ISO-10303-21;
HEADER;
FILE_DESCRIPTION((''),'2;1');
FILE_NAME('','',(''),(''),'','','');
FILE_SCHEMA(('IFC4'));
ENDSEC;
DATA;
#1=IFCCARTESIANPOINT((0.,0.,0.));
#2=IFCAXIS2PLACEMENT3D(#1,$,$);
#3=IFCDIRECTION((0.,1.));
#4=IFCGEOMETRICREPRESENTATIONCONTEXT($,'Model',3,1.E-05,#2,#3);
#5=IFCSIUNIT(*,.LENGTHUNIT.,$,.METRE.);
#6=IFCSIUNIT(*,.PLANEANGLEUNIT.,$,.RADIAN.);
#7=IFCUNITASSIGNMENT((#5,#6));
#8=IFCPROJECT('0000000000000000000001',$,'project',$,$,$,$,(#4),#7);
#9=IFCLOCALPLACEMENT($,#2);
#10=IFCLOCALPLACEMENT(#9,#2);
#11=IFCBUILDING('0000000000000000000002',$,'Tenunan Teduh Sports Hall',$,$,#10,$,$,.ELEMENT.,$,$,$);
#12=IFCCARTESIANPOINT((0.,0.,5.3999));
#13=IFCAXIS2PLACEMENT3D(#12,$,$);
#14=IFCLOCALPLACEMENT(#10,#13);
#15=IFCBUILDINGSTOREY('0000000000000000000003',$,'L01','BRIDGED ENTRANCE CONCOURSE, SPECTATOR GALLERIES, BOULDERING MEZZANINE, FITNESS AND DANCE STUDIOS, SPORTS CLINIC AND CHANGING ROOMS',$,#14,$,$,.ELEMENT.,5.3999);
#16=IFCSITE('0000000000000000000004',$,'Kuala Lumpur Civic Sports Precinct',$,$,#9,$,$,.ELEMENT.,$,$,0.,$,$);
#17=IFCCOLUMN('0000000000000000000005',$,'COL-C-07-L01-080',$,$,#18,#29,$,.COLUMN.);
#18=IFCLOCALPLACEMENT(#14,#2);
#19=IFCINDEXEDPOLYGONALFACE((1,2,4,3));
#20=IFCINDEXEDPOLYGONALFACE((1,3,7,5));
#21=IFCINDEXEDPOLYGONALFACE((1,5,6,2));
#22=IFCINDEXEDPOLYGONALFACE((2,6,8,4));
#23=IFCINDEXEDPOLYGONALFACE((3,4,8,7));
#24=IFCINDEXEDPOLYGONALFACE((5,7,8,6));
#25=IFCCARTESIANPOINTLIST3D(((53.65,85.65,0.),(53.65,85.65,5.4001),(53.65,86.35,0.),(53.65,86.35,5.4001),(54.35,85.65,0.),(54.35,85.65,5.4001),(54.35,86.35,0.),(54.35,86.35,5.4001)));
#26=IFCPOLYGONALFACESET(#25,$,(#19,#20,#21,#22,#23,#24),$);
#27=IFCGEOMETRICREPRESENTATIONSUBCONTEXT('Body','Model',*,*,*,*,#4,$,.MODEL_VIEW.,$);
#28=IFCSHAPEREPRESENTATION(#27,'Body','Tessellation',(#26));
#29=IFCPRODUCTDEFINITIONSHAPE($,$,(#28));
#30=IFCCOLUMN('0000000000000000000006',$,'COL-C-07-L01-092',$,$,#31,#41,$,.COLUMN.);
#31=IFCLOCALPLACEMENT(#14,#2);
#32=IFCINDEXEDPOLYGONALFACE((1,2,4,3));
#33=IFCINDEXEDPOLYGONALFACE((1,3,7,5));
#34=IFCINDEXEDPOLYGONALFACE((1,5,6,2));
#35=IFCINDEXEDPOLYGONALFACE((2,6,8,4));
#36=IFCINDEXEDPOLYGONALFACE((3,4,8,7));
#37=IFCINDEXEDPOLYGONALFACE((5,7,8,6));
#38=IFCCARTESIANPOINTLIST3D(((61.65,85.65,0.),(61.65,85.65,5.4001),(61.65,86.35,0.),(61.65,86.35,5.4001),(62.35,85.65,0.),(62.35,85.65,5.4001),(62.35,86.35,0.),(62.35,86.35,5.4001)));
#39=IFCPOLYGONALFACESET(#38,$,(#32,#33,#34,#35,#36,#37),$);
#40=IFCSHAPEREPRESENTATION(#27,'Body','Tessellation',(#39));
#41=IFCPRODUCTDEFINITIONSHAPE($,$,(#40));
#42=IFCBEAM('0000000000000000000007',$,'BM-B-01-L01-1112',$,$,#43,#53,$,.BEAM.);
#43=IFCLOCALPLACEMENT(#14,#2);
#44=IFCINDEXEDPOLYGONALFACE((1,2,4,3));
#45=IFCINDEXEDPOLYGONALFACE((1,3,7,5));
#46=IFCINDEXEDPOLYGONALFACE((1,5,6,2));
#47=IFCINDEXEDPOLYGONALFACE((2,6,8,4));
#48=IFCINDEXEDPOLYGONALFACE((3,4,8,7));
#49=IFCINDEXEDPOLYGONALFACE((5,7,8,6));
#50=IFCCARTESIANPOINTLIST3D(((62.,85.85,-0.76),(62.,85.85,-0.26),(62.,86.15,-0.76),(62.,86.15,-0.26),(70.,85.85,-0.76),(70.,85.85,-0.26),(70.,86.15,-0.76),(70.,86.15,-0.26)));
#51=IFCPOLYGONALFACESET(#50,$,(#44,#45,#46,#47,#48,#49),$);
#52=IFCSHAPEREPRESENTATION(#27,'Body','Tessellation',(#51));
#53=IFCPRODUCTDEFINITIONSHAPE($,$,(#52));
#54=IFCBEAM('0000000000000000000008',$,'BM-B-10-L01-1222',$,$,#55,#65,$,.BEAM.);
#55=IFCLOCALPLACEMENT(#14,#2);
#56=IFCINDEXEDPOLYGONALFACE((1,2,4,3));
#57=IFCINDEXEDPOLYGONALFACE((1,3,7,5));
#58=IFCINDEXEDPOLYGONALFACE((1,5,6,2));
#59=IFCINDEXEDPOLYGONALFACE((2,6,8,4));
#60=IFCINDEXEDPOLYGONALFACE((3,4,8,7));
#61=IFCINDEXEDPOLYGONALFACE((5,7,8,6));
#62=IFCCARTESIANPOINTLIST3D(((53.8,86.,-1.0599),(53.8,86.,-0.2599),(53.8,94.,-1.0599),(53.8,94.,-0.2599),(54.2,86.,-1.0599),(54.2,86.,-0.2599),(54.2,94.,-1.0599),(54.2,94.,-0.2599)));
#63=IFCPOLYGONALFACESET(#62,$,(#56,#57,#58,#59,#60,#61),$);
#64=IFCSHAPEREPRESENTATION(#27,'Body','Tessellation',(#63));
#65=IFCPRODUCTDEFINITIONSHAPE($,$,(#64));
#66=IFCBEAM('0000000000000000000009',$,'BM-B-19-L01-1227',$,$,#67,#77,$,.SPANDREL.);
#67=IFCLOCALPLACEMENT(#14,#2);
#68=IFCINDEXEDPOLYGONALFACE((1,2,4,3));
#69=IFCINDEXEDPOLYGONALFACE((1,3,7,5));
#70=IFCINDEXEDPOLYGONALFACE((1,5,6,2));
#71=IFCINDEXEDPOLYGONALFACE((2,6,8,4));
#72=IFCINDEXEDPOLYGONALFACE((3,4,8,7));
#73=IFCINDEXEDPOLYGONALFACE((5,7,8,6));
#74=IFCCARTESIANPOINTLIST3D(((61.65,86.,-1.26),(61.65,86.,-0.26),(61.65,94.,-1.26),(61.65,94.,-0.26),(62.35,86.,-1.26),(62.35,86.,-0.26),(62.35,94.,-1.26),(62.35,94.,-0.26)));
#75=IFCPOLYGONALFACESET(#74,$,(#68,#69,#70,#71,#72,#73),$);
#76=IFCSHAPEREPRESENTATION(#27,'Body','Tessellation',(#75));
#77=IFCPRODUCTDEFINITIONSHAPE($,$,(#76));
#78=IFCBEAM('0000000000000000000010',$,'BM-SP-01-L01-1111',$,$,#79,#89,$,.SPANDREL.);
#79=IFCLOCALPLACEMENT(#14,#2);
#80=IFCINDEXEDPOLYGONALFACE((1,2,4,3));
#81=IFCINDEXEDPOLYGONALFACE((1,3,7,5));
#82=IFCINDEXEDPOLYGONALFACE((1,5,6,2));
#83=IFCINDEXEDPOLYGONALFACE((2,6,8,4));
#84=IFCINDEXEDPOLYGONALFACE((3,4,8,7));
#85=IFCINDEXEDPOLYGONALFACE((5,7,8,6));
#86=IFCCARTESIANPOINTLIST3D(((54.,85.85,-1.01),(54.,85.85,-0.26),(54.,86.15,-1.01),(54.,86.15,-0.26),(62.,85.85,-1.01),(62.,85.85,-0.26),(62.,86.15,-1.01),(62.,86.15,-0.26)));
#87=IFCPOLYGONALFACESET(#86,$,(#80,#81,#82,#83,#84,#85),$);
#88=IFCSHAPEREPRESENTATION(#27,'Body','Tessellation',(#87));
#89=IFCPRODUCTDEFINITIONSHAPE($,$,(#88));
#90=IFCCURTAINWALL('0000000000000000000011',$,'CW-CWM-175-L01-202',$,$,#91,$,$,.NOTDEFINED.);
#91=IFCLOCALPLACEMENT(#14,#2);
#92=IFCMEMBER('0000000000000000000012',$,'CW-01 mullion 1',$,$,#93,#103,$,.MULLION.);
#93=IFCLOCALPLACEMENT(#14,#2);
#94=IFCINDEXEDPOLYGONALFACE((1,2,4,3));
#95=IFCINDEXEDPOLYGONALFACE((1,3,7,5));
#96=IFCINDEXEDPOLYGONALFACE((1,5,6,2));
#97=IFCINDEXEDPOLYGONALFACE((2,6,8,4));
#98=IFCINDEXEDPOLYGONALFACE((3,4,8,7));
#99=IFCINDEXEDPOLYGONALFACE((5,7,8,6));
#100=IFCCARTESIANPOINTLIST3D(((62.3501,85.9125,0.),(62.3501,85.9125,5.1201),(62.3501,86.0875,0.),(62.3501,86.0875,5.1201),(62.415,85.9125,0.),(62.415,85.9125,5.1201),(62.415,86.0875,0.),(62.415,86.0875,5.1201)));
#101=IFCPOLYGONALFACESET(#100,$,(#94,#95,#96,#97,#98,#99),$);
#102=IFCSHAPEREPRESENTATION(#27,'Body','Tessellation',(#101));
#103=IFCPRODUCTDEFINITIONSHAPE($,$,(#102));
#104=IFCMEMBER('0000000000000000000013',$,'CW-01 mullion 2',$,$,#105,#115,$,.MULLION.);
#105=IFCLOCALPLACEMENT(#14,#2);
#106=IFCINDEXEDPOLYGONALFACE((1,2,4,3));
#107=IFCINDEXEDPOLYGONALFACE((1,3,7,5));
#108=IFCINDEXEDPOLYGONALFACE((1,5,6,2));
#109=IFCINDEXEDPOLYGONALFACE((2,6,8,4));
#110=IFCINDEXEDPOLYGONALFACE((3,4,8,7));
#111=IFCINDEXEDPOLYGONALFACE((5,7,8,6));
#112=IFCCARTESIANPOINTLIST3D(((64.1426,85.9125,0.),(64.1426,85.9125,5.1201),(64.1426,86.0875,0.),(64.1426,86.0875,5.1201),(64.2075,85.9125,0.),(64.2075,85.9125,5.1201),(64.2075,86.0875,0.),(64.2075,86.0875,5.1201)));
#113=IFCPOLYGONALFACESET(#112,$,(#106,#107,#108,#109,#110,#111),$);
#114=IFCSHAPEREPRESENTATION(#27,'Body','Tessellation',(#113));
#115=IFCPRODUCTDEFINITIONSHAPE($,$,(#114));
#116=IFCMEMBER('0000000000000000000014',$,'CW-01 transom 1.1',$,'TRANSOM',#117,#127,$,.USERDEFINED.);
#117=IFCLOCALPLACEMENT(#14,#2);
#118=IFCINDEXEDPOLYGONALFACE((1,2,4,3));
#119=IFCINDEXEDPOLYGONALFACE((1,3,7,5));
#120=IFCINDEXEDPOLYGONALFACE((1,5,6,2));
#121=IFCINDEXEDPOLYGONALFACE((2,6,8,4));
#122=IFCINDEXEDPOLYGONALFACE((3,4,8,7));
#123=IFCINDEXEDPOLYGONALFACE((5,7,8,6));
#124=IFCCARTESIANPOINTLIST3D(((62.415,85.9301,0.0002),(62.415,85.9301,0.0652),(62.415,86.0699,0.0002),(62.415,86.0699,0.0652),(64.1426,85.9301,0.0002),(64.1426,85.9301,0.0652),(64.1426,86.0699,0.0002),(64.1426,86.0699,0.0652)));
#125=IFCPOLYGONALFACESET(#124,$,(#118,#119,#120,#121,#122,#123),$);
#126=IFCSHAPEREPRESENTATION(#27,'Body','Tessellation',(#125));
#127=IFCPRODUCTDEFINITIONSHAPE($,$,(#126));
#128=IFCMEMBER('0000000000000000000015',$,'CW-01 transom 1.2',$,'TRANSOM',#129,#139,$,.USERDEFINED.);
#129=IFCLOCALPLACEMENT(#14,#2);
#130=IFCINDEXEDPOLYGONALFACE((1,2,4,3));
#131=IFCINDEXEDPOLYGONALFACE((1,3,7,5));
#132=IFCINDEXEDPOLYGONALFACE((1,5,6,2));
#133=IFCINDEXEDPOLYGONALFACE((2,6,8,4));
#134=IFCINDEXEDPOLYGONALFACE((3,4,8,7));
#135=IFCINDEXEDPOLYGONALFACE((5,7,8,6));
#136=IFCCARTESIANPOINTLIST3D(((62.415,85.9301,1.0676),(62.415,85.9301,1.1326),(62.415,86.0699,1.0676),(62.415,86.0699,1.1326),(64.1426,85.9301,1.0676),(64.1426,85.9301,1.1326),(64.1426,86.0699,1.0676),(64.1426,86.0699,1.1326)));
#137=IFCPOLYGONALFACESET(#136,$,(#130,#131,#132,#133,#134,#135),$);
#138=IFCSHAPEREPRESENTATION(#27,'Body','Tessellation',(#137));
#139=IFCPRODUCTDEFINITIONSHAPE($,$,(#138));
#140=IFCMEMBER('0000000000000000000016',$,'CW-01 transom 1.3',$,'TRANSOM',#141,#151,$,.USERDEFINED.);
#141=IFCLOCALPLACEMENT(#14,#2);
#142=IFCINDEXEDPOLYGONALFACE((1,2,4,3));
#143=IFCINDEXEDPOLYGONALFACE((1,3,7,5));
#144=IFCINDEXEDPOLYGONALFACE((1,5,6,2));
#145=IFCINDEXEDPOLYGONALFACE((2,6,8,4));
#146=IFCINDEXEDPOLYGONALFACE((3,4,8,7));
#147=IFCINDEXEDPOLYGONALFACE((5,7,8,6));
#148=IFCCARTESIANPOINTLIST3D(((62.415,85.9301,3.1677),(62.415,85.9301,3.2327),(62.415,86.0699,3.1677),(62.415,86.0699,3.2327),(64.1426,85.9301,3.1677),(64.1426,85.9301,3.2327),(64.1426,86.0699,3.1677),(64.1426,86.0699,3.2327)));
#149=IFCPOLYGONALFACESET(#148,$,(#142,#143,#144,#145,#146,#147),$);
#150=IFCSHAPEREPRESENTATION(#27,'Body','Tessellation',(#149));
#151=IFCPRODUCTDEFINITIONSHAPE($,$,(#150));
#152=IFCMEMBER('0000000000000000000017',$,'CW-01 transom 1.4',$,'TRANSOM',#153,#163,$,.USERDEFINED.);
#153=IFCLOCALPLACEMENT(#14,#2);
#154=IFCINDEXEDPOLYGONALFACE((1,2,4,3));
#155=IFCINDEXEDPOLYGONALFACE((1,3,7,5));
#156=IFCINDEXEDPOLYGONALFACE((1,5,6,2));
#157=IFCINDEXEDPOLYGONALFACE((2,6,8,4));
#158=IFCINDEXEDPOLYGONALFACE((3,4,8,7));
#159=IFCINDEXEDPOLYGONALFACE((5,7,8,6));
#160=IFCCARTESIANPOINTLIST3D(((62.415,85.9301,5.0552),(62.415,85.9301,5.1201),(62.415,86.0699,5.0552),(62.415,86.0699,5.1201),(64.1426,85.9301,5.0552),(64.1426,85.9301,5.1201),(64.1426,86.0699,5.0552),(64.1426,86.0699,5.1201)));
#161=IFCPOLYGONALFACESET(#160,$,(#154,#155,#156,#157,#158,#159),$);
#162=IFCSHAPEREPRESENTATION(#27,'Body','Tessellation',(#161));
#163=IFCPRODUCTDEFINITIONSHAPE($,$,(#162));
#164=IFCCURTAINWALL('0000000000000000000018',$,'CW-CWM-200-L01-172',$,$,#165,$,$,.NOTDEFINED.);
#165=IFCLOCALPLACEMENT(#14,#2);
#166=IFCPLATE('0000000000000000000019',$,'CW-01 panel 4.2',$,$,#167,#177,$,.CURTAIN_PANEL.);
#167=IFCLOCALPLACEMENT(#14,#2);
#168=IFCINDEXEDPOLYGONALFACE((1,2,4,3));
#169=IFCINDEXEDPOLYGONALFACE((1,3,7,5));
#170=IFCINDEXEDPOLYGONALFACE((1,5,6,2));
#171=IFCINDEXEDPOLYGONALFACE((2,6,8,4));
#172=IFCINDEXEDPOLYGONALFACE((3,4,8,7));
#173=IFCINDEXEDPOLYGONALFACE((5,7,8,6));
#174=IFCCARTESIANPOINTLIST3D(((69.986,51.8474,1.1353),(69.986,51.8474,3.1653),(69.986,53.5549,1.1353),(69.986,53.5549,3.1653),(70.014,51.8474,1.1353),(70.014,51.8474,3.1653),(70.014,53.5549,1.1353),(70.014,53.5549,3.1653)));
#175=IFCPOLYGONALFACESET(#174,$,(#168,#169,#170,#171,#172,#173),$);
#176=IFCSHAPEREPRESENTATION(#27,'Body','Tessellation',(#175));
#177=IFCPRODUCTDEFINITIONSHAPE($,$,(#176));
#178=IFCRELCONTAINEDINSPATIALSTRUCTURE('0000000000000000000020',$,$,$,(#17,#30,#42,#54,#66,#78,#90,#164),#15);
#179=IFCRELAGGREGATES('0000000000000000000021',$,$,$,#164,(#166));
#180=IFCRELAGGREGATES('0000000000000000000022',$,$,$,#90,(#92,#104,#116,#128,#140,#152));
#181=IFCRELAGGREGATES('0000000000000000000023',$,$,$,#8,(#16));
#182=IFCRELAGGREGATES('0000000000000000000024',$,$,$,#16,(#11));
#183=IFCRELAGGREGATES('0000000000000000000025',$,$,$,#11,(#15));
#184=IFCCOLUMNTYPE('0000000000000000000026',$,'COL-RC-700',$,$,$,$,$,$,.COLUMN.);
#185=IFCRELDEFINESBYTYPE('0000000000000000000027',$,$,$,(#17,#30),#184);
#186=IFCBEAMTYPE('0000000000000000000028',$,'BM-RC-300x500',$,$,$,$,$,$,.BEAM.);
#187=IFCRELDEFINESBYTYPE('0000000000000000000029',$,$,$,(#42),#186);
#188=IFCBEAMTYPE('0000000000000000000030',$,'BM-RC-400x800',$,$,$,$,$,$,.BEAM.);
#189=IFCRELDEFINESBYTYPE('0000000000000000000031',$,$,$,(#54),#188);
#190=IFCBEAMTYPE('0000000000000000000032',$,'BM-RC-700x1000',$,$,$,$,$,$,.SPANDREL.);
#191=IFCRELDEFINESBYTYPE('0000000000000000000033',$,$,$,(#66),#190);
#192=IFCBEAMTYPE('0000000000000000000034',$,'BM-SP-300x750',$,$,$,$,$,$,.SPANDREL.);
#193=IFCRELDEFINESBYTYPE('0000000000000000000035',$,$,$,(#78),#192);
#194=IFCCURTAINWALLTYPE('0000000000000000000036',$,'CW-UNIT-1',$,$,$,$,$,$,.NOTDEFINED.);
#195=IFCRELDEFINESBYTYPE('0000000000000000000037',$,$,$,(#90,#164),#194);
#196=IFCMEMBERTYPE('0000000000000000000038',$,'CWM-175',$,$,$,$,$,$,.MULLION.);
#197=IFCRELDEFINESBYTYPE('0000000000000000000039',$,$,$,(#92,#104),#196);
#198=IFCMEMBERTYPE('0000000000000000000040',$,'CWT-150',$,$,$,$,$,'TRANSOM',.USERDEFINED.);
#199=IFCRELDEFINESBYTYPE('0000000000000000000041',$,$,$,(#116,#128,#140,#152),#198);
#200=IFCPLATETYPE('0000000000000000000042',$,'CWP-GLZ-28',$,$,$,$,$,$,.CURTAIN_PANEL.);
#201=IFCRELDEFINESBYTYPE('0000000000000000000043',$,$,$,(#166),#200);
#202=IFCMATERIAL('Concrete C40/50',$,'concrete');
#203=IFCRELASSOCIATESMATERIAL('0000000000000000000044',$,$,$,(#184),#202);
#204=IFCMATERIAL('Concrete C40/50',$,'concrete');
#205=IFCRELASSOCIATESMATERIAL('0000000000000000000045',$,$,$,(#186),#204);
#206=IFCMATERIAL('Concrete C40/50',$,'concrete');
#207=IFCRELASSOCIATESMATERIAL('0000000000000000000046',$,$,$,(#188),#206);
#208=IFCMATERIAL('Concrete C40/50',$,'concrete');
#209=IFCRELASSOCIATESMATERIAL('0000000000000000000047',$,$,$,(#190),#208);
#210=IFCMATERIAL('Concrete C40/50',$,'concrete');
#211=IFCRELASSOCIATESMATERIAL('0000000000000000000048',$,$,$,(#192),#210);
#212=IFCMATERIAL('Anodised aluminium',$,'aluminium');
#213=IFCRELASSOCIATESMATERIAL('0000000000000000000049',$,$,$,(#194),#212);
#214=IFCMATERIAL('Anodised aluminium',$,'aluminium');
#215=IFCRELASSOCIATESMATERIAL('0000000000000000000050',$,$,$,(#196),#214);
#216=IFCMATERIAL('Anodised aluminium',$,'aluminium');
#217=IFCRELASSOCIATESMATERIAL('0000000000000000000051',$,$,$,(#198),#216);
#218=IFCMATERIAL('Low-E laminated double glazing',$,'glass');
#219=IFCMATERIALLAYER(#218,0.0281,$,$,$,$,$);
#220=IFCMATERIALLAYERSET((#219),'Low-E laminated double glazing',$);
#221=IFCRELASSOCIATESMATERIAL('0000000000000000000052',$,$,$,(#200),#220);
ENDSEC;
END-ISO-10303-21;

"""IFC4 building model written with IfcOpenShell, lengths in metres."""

from ifc_helpers import new_model, si_unit, direction, frame, origin, origin_2d, place, context, subcontext, project, spatial, rectangle, extrude, material, layer, layer_set, material_profile, profile_set, type_object, element, aggregate, save


model = new_model("IFC4")

# Units and contexts
model_context = context("Model", 3, precision=1e-05, world=origin(), true_north=direction((0.0, 1.0)))
body_context = subcontext(model_context, "Body", "Model", "MODEL_VIEW")
ifc_project = project(units=[si_unit("LENGTHUNIT", "METRE"), si_unit("PLANEANGLEUNIT", "RADIAN")], contexts=[model_context])

# Site, building, storey
site_placement = place(None, origin())
site = spatial("IfcSite", under=ifc_project, at=site_placement, Name="Kuala Lumpur Civic Sports Precinct", CompositionType="ELEMENT", RefElevation=0.0)
building_placement = place(site_placement, origin())
building = spatial("IfcBuilding", under=site, at=building_placement, Name="Tenunan Teduh Sports Hall", CompositionType="ELEMENT")
storey_placement = place(building_placement, frame((0.0, 0.0, 5.3999)))
storey = spatial("IfcBuildingStorey", under=building, at=storey_placement, Name="L01", Description="BRIDGED ENTRANCE CONCOURSE, SPECTATOR GALLERIES, BOULDERING MEZZANINE, FITNESS AND DANCE STUDIOS, SPORTS CLINIC AND CHANGING ROOMS", CompositionType="ELEMENT", Elevation=5.3999)

# Columns
ifc_material_1 = material(Name="Concrete C40/50", Category="concrete")
ifc_material_profile_1 = material_profile(ifc_material_1, rectangle(XDim=0.7, YDim=0.7, at=origin_2d()), Name="RC 700x700")
ifc_profile_set_1 = profile_set([ifc_material_profile_1], Name="Concrete C40/50")
column_type = type_object("IfcColumnType", Name="COL-RC-700", PredefinedType="COLUMN", material=ifc_profile_set_1)
for number, where, z_axis, x_axis, name in (
    (1, (54.0, 86.0, 0.0), (0.0, 0.0, 1.0), (1.0, 0.0, 0.0), "COL-C-07-L01-080"),
    (2, (62.0, 86.0, 0.0), (0.0, 0.0, 1.0), (1.0, 0.0, 0.0), "COL-C-07-L01-092"),
):
    element("IfcColumn", number, at=place(storey_placement, frame(where, z_axis=z_axis, x_axis=x_axis)), inside=storey, type_object=column_type, Name=name, PredefinedType="COLUMN", context=body_context, shape_type="SweptSolid", body=[
        extrude(rectangle(XDim=0.7, YDim=0.7, at=origin_2d()), origin(), (0.0, 0.0, 1.0), 5.4001),
    ])

# Beams
ifc_material_2 = material(Name="Concrete C40/50", Category="concrete")
ifc_material_profile_2 = material_profile(ifc_material_2, rectangle(XDim=0.3, YDim=0.5, at=origin_2d()), Name="RCB 300x500")
ifc_profile_set_2 = profile_set([ifc_material_profile_2], Name="Concrete C40/50")
beam_type_1 = type_object("IfcBeamType", Name="BM-RC-300x500", PredefinedType="BEAM", material=ifc_profile_set_2)
beam_1_placement = place(storey_placement, frame((62.0, 86.0, -0.51), z_axis=(1.0, 0.0, 0.0), x_axis=(0.0, 1.0, 0.0)))
element("IfcBeam", 3, at=beam_1_placement, inside=storey, type_object=beam_type_1, Name="BM-B-01-L01-1112", PredefinedType="BEAM", context=body_context, shape_type="SweptSolid", body=[
    extrude(rectangle(XDim=0.3, YDim=0.5, at=origin_2d()), origin(), (0.0, 0.0, 1.0), 8.0),
])
ifc_material_3 = material(Name="Concrete C40/50", Category="concrete")
ifc_material_profile_3 = material_profile(ifc_material_3, rectangle(XDim=0.3999, YDim=0.8, at=origin_2d()), Name="RCB 400x800")
ifc_profile_set_3 = profile_set([ifc_material_profile_3], Name="Concrete C40/50")
beam_type_2 = type_object("IfcBeamType", Name="BM-RC-400x800", PredefinedType="BEAM", material=ifc_profile_set_3)
beam_2_placement = place(storey_placement, frame((54.0, 86.0, -0.6599), z_axis=(0.0, 1.0, 0.0), x_axis=(-1.0, 0.0, 0.0)))
element("IfcBeam", 4, at=beam_2_placement, inside=storey, type_object=beam_type_2, Name="BM-B-10-L01-1222", PredefinedType="BEAM", context=body_context, shape_type="SweptSolid", body=[
    extrude(rectangle(XDim=0.3999, YDim=0.8, at=origin_2d()), origin(), (0.0, 0.0, 1.0), 8.0),
])
ifc_material_4 = material(Name="Concrete C40/50", Category="concrete")
ifc_material_profile_4 = material_profile(ifc_material_4, rectangle(XDim=0.7, YDim=1.0, at=origin_2d()), Name="RCB 700x1000")
ifc_profile_set_4 = profile_set([ifc_material_profile_4], Name="Concrete C40/50")
beam_type_3 = type_object("IfcBeamType", Name="BM-RC-700x1000", PredefinedType="SPANDREL", material=ifc_profile_set_4)
beam_3_placement = place(storey_placement, frame((62.0, 86.0, -0.76), z_axis=(0.0, 1.0, 0.0), x_axis=(-1.0, 0.0, 0.0)))
element("IfcBeam", 5, at=beam_3_placement, inside=storey, type_object=beam_type_3, Name="BM-B-19-L01-1227", PredefinedType="SPANDREL", context=body_context, shape_type="SweptSolid", body=[
    extrude(rectangle(XDim=0.7, YDim=1.0, at=origin_2d()), origin(), (0.0, 0.0, 1.0), 8.0),
])
ifc_material_5 = material(Name="Concrete C40/50", Category="concrete")
ifc_material_profile_5 = material_profile(ifc_material_5, rectangle(XDim=0.3, YDim=0.75, at=origin_2d()), Name="SPB 300x750")
ifc_profile_set_5 = profile_set([ifc_material_profile_5], Name="Concrete C40/50")
beam_type_4 = type_object("IfcBeamType", Name="BM-SP-300x750", PredefinedType="SPANDREL", material=ifc_profile_set_5)
beam_4_placement = place(storey_placement, frame((54.0, 86.0, -0.635), z_axis=(1.0, 0.0, 0.0), x_axis=(0.0, 1.0, 0.0)))
element("IfcBeam", 6, at=beam_4_placement, inside=storey, type_object=beam_type_4, Name="BM-SP-01-L01-1111", PredefinedType="SPANDREL", context=body_context, shape_type="SweptSolid", body=[
    extrude(rectangle(XDim=0.3, YDim=0.75, at=origin_2d()), origin(), (0.0, 0.0, 1.0), 8.0),
])

# Curtain wall, members
ifc_material_6 = material(Name="Anodised aluminium", Category="aluminium")
curtain_wall_type = type_object("IfcCurtainWallType", Name="CW-UNIT-1", PredefinedType="NOTDEFINED", material=ifc_material_6)
curtain_wall_1_placement = place(storey_placement, origin())
curtain_wall_1 = element("IfcCurtainWall", 7, at=curtain_wall_1_placement, inside=storey, type_object=curtain_wall_type, Name="CW-CWM-175-L01-202", PredefinedType="NOTDEFINED")
ifc_material_7 = material(Name="Anodised aluminium", Category="aluminium")
ifc_material_profile_6 = material_profile(ifc_material_7, rectangle(XDim=0.0649, YDim=0.175, at=origin_2d()), Name="CWM 65x175")
ifc_profile_set_6 = profile_set([ifc_material_profile_6], Name="Anodised aluminium")
member_type_1 = type_object("IfcMemberType", Name="CWM-175", PredefinedType="MULLION", material=ifc_profile_set_6)
member_1_placement = place(storey_placement, frame((62.3826, 86.0, 0.0), z_axis=(0.0, 0.0, 1.0), x_axis=(1.0, 0.0, 0.0)))
member_1 = element("IfcMember", 8, at=member_1_placement, type_object=member_type_1, Name="CW-01 mullion 1", PredefinedType="MULLION", context=body_context, shape_type="SweptSolid", body=[
    extrude(rectangle(XDim=0.0649, YDim=0.175, at=origin_2d()), origin(), (0.0, 0.0, 1.0), 5.1201),
])
member_2_placement = place(storey_placement, frame((64.175, 86.0, 0.0), z_axis=(0.0, 0.0, 1.0), x_axis=(1.0, 0.0, 0.0)))
member_2 = element("IfcMember", 9, at=member_2_placement, type_object=member_type_1, Name="CW-01 mullion 2", PredefinedType="MULLION", context=body_context, shape_type="SweptSolid", body=[
    extrude(rectangle(XDim=0.0649, YDim=0.175, at=origin_2d()), origin(), (0.0, 0.0, 1.0), 5.1201),
])
ifc_material_8 = material(Name="Anodised aluminium", Category="aluminium")
ifc_material_profile_7 = material_profile(ifc_material_8, rectangle(XDim=0.0649, YDim=0.1399, at=origin_2d()), Name="CWT 65x140")
ifc_profile_set_7 = profile_set([ifc_material_profile_7], Name="Anodised aluminium")
member_type_2 = type_object("IfcMemberType", Name="CWT-150", ElementType="TRANSOM", PredefinedType="USERDEFINED", material=ifc_profile_set_7)
member_3_placement = place(storey_placement, frame((62.415, 86.0, 0.0327), z_axis=(1.0, 0.0, 0.0), x_axis=(0.0, 0.0, 1.0)))
member_3 = element("IfcMember", 10, at=member_3_placement, type_object=member_type_2, Name="CW-01 transom 1.1", ObjectType="TRANSOM", PredefinedType="USERDEFINED", context=body_context, shape_type="SweptSolid", body=[
    extrude(rectangle(XDim=0.0649, YDim=0.1399, at=origin_2d()), origin(), (0.0, 0.0, 1.0), 1.7275),
])
member_4_placement = place(storey_placement, frame((62.415, 86.0, 1.1001), z_axis=(1.0, 0.0, 0.0), x_axis=(0.0, 0.0, 1.0)))
member_4 = element("IfcMember", 11, at=member_4_placement, type_object=member_type_2, Name="CW-01 transom 1.2", ObjectType="TRANSOM", PredefinedType="USERDEFINED", context=body_context, shape_type="SweptSolid", body=[
    extrude(rectangle(XDim=0.0649, YDim=0.1399, at=origin_2d()), origin(), (0.0, 0.0, 1.0), 1.7275),
])
member_5_placement = place(storey_placement, frame((62.415, 86.0, 3.2002), z_axis=(1.0, 0.0, 0.0), x_axis=(0.0, 0.0, 1.0)))
member_5 = element("IfcMember", 12, at=member_5_placement, type_object=member_type_2, Name="CW-01 transom 1.3", ObjectType="TRANSOM", PredefinedType="USERDEFINED", context=body_context, shape_type="SweptSolid", body=[
    extrude(rectangle(XDim=0.0649, YDim=0.1399, at=origin_2d()), origin(), (0.0, 0.0, 1.0), 1.7275),
])
member_6_placement = place(storey_placement, frame((62.415, 86.0, 5.0876), z_axis=(1.0, 0.0, 0.0), x_axis=(0.0, 0.0, 1.0)))
member_6 = element("IfcMember", 13, at=member_6_placement, type_object=member_type_2, Name="CW-01 transom 1.4", ObjectType="TRANSOM", PredefinedType="USERDEFINED", context=body_context, shape_type="SweptSolid", body=[
    extrude(rectangle(XDim=0.0649, YDim=0.1399, at=origin_2d()), origin(), (0.0, 0.0, 1.0), 1.7275),
])

# Curtain wall, plate
curtain_wall_2_placement = place(storey_placement, origin())
curtain_wall_2 = element("IfcCurtainWall", 14, at=curtain_wall_2_placement, inside=storey, type_object=curtain_wall_type, Name="CW-CWM-200-L01-172", PredefinedType="NOTDEFINED")
ifc_material_9 = material(Name="Low-E laminated double glazing", Category="glass")
ifc_layer_1 = layer(ifc_material_9, 0.0281)
ifc_layer_set_1 = layer_set([ifc_layer_1], Name="Low-E laminated double glazing")
plate_type_1 = type_object("IfcPlateType", Name="CWP-GLZ-28", PredefinedType="CURTAIN_PANEL", material=ifc_layer_set_1)
plate_1_placement = place(storey_placement, frame((70.0, 52.7012, 1.1353), z_axis=(0.0, 0.0, 1.0), x_axis=(0.0, 1.0, 0.0)))
plate_1 = element("IfcPlate", 15, at=plate_1_placement, type_object=plate_type_1, Name="CW-01 panel 4.2", PredefinedType="CURTAIN_PANEL", context=body_context, shape_type="SweptSolid", body=[
    extrude(rectangle(XDim=1.7075, YDim=0.0281, at=origin_2d()), origin(), (0.0, 0.0, 1.0), 2.03),
])
aggregate(curtain_wall_2, [plate_1])

aggregate(curtain_wall_1, [member_1, member_2, member_3, member_4, member_5, member_6])

save(model, "model.ifc")
